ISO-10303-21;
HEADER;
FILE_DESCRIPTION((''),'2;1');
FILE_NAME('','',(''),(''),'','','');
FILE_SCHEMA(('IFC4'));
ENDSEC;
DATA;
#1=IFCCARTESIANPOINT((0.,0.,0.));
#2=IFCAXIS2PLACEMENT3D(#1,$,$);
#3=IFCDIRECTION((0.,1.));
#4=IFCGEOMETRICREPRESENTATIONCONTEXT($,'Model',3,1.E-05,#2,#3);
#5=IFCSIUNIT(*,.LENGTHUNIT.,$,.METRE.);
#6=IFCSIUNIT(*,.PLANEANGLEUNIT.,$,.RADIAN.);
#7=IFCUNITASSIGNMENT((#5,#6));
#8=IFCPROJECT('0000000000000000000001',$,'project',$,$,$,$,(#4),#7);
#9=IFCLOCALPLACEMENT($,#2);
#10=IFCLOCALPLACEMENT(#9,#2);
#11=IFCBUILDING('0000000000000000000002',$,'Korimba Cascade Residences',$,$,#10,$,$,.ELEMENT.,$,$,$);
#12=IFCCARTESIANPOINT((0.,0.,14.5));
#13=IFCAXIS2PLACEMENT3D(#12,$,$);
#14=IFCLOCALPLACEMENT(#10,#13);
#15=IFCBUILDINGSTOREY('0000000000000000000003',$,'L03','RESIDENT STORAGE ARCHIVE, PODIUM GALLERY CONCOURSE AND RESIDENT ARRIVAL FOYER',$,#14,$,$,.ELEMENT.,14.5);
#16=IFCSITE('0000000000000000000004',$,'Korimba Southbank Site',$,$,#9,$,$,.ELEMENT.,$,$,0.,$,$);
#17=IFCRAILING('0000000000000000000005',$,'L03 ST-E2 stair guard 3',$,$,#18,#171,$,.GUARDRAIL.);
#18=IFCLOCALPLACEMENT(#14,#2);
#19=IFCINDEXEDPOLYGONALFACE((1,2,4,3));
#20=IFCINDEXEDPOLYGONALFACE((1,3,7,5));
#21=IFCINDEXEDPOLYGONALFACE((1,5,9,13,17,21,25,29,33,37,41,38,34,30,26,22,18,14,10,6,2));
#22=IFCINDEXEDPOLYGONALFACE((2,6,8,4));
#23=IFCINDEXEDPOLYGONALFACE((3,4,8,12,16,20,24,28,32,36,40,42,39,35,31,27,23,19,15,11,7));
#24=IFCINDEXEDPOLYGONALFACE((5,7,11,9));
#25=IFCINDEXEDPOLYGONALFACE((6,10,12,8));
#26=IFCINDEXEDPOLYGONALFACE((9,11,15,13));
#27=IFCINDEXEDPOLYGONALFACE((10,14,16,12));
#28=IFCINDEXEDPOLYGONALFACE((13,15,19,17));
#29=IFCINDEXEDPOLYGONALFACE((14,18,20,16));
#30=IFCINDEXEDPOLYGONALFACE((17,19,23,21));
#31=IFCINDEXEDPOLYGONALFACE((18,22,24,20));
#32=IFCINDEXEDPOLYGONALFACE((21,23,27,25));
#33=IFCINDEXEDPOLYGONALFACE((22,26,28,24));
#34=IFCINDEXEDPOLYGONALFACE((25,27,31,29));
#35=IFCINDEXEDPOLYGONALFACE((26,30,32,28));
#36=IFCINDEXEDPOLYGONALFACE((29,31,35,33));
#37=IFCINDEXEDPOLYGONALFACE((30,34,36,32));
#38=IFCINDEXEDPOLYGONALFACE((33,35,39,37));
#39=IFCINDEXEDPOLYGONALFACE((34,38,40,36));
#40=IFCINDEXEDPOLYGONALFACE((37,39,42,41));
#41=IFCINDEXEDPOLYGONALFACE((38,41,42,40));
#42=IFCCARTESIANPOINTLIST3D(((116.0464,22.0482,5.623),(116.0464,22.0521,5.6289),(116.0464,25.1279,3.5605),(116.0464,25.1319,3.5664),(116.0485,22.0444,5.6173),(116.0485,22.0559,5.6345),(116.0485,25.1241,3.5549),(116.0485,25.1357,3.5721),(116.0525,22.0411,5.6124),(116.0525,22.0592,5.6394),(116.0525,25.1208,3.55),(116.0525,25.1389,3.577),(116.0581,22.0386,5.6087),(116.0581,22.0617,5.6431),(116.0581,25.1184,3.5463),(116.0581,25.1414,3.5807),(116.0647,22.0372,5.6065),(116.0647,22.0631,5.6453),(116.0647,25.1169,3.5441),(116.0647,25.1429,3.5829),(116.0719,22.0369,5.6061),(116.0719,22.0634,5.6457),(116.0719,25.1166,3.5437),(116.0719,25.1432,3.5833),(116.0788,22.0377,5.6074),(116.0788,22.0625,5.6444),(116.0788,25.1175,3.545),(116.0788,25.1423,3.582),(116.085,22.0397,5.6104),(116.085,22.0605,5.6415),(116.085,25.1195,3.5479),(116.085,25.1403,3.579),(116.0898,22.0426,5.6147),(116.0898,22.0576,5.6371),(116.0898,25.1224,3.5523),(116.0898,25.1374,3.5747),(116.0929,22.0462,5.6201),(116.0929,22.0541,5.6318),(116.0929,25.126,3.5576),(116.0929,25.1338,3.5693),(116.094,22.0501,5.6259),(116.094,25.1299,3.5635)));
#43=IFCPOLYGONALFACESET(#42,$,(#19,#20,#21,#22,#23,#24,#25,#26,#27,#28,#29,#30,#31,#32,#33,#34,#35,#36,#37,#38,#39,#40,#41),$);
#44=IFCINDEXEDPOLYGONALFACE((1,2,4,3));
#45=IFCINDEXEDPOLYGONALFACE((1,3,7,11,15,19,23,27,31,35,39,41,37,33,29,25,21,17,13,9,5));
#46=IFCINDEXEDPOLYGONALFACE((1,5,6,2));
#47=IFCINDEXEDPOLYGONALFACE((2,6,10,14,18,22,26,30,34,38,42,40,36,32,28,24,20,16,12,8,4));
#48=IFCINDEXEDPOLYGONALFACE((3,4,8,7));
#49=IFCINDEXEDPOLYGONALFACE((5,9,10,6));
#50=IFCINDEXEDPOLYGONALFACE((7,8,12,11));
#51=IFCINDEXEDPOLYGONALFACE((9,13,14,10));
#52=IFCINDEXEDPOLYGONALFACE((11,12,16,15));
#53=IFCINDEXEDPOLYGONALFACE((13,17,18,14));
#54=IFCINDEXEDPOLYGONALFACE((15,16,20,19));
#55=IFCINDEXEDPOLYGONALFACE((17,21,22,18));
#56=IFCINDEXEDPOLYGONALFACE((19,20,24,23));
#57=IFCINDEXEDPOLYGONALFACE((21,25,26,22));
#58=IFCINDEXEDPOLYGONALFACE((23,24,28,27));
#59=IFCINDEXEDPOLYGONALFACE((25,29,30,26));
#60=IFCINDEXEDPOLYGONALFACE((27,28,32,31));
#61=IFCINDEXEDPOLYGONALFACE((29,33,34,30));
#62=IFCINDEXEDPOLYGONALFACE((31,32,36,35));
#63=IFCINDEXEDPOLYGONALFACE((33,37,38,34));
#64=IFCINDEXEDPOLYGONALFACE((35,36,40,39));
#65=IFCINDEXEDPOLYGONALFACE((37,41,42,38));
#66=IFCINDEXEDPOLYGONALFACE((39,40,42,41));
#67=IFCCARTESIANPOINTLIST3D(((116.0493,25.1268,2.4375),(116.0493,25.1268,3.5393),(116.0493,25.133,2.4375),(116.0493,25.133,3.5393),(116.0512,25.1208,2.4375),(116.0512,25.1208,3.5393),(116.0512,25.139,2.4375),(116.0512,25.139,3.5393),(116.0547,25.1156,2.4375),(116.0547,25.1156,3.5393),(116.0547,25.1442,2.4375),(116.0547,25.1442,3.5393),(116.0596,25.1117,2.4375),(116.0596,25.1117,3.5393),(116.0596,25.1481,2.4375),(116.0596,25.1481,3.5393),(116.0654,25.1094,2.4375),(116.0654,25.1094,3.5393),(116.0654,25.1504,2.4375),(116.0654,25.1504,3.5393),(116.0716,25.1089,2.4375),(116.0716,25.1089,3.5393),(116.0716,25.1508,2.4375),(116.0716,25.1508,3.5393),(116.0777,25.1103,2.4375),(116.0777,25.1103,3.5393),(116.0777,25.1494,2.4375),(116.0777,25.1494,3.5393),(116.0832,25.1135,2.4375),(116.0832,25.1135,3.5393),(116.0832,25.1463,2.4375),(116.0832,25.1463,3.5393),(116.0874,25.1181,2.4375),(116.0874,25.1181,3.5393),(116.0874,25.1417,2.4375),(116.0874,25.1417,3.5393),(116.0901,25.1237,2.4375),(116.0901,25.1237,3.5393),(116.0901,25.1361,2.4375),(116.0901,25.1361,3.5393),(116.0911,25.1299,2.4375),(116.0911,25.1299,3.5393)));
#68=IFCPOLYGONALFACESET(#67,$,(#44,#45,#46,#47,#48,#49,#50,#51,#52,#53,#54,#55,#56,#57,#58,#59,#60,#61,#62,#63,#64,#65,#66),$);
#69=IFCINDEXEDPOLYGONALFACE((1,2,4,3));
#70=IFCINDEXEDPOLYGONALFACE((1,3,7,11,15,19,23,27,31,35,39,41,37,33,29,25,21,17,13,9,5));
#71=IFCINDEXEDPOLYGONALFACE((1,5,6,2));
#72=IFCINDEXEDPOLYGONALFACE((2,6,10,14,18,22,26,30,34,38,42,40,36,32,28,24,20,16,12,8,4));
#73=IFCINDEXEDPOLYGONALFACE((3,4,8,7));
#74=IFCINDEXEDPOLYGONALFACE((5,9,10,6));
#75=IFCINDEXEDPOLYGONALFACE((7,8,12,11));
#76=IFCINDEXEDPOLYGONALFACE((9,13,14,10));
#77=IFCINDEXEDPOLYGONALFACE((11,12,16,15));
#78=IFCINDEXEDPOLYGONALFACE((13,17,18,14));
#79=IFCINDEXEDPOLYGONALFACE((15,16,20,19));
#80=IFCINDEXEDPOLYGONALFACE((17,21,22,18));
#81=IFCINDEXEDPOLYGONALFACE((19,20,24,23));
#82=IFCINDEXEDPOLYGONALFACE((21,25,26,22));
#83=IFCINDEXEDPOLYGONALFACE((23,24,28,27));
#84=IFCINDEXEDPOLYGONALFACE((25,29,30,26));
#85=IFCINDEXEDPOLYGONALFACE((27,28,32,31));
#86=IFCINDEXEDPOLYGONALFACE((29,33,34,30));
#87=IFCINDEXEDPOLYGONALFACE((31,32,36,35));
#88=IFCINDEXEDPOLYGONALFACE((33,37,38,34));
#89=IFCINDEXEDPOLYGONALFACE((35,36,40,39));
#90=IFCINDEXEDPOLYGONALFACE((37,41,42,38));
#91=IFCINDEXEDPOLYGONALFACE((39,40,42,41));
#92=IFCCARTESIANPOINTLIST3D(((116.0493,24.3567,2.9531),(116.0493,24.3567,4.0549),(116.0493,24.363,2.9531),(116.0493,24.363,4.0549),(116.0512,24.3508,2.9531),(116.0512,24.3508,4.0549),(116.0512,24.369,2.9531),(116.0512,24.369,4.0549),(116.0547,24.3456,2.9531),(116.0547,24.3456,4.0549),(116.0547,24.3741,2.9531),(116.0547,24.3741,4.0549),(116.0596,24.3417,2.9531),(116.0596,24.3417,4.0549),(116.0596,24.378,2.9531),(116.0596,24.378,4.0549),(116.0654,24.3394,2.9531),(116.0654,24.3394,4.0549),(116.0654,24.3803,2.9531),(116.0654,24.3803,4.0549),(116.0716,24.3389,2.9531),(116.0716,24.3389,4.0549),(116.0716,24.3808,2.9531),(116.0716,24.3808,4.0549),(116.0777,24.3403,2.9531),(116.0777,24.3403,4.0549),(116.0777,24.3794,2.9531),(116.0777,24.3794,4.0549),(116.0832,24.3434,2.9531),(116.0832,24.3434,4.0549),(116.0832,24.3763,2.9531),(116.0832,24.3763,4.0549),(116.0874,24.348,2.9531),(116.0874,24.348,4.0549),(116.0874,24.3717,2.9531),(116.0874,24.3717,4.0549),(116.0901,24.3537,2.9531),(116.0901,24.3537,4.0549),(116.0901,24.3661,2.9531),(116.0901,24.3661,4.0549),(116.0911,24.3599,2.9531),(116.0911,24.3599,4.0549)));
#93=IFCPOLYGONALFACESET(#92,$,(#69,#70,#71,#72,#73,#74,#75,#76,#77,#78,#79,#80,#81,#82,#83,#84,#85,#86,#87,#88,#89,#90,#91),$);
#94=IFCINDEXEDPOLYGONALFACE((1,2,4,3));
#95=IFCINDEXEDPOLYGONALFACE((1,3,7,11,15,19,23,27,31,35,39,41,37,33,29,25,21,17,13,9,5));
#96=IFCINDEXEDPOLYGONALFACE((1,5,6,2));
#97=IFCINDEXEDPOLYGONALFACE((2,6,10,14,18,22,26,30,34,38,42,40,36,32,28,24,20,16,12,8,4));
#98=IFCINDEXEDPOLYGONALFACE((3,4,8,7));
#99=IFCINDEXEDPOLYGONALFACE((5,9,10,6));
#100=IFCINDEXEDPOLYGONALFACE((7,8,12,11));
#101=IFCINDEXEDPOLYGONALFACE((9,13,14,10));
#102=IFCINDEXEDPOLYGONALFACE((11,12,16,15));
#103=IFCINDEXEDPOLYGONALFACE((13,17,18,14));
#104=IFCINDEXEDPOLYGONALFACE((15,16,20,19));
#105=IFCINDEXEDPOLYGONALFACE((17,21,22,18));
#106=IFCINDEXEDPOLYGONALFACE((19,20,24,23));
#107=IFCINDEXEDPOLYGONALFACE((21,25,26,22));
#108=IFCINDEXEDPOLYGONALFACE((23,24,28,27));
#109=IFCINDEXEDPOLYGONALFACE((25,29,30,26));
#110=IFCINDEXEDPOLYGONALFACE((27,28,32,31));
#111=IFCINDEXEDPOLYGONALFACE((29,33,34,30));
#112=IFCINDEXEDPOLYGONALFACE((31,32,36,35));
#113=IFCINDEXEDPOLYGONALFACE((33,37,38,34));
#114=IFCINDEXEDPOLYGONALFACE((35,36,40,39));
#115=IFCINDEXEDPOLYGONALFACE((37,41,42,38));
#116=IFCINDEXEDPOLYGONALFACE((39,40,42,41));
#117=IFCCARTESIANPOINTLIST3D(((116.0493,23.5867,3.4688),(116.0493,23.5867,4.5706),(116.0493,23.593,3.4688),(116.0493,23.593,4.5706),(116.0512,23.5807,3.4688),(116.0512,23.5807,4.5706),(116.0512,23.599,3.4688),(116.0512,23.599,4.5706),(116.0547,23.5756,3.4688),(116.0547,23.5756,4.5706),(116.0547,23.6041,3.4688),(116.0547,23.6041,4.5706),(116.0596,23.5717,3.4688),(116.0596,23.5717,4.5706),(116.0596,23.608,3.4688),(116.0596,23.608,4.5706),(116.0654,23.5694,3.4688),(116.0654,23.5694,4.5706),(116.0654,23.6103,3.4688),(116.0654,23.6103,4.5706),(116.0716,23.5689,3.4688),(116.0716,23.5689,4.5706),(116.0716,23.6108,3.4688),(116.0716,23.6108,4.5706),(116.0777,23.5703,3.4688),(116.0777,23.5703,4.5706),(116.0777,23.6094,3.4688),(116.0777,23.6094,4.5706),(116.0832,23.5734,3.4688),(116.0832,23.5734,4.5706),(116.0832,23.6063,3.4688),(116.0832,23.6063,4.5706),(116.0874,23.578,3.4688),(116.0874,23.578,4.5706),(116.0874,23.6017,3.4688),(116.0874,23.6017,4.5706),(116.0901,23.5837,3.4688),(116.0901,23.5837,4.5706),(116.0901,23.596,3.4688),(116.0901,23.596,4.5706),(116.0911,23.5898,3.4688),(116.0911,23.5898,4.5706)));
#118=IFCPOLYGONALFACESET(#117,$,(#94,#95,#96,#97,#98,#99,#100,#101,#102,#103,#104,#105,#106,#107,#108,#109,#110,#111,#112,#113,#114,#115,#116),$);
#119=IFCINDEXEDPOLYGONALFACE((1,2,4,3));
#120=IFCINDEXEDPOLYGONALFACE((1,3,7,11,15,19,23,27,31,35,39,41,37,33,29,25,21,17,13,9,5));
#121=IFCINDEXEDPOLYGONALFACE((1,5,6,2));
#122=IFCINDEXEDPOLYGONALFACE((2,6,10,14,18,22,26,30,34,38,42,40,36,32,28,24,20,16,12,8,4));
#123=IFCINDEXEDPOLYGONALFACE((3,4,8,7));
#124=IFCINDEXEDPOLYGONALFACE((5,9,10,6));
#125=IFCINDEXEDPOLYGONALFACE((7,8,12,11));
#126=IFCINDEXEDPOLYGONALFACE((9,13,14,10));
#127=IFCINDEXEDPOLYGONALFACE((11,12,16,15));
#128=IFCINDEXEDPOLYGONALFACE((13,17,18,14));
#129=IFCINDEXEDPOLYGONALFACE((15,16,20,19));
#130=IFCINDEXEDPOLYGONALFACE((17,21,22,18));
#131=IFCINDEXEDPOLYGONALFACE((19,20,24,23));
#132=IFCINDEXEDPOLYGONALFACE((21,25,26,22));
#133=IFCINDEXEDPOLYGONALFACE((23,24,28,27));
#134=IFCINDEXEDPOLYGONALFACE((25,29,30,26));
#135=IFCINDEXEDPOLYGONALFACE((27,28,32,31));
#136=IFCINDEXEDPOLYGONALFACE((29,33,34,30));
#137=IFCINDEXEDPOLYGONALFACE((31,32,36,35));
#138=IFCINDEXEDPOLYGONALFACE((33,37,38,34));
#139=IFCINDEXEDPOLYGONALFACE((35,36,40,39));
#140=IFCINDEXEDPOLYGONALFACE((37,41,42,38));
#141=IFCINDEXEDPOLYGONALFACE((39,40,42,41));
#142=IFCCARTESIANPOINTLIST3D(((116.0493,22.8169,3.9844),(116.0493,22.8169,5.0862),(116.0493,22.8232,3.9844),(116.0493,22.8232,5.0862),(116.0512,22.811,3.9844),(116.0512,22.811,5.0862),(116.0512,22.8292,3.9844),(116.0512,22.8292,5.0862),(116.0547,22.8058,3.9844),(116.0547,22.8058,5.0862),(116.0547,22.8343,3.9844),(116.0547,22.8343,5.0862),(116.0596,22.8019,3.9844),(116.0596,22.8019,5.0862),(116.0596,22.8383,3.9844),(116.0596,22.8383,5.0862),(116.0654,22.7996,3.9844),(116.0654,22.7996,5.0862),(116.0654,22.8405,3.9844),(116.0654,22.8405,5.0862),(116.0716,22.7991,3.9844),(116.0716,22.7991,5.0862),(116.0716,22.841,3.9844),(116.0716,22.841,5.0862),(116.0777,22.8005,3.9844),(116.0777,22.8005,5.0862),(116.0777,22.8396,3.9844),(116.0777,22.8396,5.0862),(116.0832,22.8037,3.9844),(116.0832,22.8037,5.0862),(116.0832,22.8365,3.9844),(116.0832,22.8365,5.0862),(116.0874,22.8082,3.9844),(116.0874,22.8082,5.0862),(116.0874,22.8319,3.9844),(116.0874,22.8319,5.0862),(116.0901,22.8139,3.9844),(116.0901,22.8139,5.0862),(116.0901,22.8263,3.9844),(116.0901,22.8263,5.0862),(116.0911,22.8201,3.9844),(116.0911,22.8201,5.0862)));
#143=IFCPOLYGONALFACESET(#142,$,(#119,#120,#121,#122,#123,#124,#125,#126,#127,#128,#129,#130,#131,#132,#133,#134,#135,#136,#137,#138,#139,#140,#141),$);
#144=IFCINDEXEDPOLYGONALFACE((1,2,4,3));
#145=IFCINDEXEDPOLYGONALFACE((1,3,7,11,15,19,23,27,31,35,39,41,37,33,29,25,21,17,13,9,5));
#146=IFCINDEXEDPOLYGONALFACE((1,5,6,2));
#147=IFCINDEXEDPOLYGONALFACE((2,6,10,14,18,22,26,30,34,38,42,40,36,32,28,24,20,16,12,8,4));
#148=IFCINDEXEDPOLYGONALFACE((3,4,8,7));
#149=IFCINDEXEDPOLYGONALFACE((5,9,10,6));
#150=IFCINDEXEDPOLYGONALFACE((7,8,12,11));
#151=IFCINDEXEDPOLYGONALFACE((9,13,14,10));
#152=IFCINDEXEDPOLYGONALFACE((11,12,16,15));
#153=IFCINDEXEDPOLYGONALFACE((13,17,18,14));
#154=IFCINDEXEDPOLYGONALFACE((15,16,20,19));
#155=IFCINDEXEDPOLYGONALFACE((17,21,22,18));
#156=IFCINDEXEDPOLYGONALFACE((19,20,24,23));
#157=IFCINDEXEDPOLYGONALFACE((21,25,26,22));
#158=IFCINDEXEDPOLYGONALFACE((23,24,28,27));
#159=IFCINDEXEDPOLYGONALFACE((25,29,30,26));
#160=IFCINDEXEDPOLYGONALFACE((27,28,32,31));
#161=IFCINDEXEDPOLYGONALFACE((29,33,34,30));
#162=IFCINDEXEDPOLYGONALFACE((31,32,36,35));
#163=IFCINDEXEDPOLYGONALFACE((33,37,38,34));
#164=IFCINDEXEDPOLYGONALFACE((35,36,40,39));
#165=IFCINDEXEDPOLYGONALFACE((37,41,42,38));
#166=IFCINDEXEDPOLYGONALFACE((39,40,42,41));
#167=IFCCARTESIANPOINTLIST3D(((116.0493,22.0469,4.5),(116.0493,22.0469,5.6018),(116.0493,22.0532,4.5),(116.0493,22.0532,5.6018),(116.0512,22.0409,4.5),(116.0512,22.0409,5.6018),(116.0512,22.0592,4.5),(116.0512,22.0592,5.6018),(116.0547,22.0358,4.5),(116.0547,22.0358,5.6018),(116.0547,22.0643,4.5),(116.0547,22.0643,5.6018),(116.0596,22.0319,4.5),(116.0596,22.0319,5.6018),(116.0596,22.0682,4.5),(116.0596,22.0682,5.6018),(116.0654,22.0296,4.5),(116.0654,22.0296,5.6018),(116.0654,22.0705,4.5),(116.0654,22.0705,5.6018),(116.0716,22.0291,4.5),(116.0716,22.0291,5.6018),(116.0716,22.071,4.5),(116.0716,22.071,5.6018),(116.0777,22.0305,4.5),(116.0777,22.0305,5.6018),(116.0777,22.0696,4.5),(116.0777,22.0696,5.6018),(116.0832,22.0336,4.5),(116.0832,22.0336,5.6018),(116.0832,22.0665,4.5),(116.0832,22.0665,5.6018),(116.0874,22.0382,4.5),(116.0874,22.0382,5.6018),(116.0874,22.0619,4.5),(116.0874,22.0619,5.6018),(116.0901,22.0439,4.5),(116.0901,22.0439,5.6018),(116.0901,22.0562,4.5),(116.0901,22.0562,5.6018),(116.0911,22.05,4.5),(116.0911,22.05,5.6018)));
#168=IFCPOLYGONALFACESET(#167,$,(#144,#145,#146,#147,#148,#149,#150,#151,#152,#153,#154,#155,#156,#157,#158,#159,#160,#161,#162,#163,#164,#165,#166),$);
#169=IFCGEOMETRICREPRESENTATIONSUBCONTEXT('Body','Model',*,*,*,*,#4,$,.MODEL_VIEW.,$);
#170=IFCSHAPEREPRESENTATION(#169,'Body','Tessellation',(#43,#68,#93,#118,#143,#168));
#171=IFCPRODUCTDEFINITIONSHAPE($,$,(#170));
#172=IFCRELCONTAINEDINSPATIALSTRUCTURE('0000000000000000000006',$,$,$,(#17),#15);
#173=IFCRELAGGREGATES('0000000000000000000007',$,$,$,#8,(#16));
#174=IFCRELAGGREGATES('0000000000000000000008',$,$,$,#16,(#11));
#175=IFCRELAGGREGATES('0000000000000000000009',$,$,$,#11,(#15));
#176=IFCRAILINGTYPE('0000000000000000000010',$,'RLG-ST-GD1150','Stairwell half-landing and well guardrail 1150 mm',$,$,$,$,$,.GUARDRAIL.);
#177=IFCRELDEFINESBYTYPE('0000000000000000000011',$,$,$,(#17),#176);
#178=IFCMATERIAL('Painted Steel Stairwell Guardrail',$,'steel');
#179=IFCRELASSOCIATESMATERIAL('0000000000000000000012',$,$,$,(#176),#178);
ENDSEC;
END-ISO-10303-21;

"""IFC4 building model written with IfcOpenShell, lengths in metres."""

from ifc_helpers import new_model, si_unit, direction, frame, origin, origin_2d, place, context, subcontext, project, spatial, circle, extrude, material, type_object, element, save


model = new_model("IFC4")

# Units and contexts
model_context = context("Model", 3, precision=1e-05, world=origin(), true_north=direction((0.0, 1.0)))
body_context = subcontext(model_context, "Body", "Model", "MODEL_VIEW")
ifc_project = project(units=[si_unit("LENGTHUNIT", "METRE"), si_unit("PLANEANGLEUNIT", "RADIAN")], contexts=[model_context])

# Site, building, storey
site_placement = place(None, origin())
site = spatial("IfcSite", under=ifc_project, at=site_placement, Name="Korimba Southbank Site", CompositionType="ELEMENT", RefElevation=0.0)
building_placement = place(site_placement, origin())
building = spatial("IfcBuilding", under=site, at=building_placement, Name="Korimba Cascade Residences", CompositionType="ELEMENT")
storey_placement = place(building_placement, frame((0.0, 0.0, 14.5)))
storey = spatial("IfcBuildingStorey", under=building, at=storey_placement, Name="L03", Description="RESIDENT STORAGE ARCHIVE, PODIUM GALLERY CONCOURSE AND RESIDENT ARRIVAL FOYER", CompositionType="ELEMENT", Elevation=14.5)

# Railing
ifc_material_1 = material(Name="Painted Steel Stairwell Guardrail", Category="steel")
railing_type_1 = type_object("IfcRailingType", Name="RLG-ST-GD1150", Description="Stairwell half-landing and well guardrail 1150 mm", PredefinedType="GUARDRAIL", material=ifc_material_1)
railing_1_placement = place(storey_placement, frame((116.0701, 25.1299, 2.4375)))
element("IfcRailing", 1, at=railing_1_placement, inside=storey, type_object=railing_type_1, Name="L03 ST-E2 stair guard 3", PredefinedType="GUARDRAIL", context=body_context, shape_type="SweptSolid", body=[
    extrude(circle(Radius=0.0239, at=origin_2d()), frame((0.0, 0.0, 1.126), z_axis=(0.0, -0.830893, 0.556432), x_axis=(1.0, 0.0, 0.0)), (0.0, 0.0, 1.0), 3.7065),
    extrude(circle(Radius=0.021, at=origin_2d()), origin(), (0.0, 0.0, 1.0), 1.1018),
    extrude(circle(Radius=0.021, at=origin_2d()), frame((0.0, -0.77, 0.5156)), (0.0, 0.0, 1.0), 1.1018),
    extrude(circle(Radius=0.021, at=origin_2d()), frame((0.0, -1.54, 1.0312)), (0.0, 0.0, 1.0), 1.1018),
    extrude(circle(Radius=0.021, at=origin_2d()), frame((0.0, -2.3098, 1.5469)), (0.0, 0.0, 1.0), 1.1018),
    extrude(circle(Radius=0.021, at=origin_2d()), frame((0.0, -3.0798, 2.0625)), (0.0, 0.0, 1.0), 1.1018),
])

save(model, "model.ifc")
